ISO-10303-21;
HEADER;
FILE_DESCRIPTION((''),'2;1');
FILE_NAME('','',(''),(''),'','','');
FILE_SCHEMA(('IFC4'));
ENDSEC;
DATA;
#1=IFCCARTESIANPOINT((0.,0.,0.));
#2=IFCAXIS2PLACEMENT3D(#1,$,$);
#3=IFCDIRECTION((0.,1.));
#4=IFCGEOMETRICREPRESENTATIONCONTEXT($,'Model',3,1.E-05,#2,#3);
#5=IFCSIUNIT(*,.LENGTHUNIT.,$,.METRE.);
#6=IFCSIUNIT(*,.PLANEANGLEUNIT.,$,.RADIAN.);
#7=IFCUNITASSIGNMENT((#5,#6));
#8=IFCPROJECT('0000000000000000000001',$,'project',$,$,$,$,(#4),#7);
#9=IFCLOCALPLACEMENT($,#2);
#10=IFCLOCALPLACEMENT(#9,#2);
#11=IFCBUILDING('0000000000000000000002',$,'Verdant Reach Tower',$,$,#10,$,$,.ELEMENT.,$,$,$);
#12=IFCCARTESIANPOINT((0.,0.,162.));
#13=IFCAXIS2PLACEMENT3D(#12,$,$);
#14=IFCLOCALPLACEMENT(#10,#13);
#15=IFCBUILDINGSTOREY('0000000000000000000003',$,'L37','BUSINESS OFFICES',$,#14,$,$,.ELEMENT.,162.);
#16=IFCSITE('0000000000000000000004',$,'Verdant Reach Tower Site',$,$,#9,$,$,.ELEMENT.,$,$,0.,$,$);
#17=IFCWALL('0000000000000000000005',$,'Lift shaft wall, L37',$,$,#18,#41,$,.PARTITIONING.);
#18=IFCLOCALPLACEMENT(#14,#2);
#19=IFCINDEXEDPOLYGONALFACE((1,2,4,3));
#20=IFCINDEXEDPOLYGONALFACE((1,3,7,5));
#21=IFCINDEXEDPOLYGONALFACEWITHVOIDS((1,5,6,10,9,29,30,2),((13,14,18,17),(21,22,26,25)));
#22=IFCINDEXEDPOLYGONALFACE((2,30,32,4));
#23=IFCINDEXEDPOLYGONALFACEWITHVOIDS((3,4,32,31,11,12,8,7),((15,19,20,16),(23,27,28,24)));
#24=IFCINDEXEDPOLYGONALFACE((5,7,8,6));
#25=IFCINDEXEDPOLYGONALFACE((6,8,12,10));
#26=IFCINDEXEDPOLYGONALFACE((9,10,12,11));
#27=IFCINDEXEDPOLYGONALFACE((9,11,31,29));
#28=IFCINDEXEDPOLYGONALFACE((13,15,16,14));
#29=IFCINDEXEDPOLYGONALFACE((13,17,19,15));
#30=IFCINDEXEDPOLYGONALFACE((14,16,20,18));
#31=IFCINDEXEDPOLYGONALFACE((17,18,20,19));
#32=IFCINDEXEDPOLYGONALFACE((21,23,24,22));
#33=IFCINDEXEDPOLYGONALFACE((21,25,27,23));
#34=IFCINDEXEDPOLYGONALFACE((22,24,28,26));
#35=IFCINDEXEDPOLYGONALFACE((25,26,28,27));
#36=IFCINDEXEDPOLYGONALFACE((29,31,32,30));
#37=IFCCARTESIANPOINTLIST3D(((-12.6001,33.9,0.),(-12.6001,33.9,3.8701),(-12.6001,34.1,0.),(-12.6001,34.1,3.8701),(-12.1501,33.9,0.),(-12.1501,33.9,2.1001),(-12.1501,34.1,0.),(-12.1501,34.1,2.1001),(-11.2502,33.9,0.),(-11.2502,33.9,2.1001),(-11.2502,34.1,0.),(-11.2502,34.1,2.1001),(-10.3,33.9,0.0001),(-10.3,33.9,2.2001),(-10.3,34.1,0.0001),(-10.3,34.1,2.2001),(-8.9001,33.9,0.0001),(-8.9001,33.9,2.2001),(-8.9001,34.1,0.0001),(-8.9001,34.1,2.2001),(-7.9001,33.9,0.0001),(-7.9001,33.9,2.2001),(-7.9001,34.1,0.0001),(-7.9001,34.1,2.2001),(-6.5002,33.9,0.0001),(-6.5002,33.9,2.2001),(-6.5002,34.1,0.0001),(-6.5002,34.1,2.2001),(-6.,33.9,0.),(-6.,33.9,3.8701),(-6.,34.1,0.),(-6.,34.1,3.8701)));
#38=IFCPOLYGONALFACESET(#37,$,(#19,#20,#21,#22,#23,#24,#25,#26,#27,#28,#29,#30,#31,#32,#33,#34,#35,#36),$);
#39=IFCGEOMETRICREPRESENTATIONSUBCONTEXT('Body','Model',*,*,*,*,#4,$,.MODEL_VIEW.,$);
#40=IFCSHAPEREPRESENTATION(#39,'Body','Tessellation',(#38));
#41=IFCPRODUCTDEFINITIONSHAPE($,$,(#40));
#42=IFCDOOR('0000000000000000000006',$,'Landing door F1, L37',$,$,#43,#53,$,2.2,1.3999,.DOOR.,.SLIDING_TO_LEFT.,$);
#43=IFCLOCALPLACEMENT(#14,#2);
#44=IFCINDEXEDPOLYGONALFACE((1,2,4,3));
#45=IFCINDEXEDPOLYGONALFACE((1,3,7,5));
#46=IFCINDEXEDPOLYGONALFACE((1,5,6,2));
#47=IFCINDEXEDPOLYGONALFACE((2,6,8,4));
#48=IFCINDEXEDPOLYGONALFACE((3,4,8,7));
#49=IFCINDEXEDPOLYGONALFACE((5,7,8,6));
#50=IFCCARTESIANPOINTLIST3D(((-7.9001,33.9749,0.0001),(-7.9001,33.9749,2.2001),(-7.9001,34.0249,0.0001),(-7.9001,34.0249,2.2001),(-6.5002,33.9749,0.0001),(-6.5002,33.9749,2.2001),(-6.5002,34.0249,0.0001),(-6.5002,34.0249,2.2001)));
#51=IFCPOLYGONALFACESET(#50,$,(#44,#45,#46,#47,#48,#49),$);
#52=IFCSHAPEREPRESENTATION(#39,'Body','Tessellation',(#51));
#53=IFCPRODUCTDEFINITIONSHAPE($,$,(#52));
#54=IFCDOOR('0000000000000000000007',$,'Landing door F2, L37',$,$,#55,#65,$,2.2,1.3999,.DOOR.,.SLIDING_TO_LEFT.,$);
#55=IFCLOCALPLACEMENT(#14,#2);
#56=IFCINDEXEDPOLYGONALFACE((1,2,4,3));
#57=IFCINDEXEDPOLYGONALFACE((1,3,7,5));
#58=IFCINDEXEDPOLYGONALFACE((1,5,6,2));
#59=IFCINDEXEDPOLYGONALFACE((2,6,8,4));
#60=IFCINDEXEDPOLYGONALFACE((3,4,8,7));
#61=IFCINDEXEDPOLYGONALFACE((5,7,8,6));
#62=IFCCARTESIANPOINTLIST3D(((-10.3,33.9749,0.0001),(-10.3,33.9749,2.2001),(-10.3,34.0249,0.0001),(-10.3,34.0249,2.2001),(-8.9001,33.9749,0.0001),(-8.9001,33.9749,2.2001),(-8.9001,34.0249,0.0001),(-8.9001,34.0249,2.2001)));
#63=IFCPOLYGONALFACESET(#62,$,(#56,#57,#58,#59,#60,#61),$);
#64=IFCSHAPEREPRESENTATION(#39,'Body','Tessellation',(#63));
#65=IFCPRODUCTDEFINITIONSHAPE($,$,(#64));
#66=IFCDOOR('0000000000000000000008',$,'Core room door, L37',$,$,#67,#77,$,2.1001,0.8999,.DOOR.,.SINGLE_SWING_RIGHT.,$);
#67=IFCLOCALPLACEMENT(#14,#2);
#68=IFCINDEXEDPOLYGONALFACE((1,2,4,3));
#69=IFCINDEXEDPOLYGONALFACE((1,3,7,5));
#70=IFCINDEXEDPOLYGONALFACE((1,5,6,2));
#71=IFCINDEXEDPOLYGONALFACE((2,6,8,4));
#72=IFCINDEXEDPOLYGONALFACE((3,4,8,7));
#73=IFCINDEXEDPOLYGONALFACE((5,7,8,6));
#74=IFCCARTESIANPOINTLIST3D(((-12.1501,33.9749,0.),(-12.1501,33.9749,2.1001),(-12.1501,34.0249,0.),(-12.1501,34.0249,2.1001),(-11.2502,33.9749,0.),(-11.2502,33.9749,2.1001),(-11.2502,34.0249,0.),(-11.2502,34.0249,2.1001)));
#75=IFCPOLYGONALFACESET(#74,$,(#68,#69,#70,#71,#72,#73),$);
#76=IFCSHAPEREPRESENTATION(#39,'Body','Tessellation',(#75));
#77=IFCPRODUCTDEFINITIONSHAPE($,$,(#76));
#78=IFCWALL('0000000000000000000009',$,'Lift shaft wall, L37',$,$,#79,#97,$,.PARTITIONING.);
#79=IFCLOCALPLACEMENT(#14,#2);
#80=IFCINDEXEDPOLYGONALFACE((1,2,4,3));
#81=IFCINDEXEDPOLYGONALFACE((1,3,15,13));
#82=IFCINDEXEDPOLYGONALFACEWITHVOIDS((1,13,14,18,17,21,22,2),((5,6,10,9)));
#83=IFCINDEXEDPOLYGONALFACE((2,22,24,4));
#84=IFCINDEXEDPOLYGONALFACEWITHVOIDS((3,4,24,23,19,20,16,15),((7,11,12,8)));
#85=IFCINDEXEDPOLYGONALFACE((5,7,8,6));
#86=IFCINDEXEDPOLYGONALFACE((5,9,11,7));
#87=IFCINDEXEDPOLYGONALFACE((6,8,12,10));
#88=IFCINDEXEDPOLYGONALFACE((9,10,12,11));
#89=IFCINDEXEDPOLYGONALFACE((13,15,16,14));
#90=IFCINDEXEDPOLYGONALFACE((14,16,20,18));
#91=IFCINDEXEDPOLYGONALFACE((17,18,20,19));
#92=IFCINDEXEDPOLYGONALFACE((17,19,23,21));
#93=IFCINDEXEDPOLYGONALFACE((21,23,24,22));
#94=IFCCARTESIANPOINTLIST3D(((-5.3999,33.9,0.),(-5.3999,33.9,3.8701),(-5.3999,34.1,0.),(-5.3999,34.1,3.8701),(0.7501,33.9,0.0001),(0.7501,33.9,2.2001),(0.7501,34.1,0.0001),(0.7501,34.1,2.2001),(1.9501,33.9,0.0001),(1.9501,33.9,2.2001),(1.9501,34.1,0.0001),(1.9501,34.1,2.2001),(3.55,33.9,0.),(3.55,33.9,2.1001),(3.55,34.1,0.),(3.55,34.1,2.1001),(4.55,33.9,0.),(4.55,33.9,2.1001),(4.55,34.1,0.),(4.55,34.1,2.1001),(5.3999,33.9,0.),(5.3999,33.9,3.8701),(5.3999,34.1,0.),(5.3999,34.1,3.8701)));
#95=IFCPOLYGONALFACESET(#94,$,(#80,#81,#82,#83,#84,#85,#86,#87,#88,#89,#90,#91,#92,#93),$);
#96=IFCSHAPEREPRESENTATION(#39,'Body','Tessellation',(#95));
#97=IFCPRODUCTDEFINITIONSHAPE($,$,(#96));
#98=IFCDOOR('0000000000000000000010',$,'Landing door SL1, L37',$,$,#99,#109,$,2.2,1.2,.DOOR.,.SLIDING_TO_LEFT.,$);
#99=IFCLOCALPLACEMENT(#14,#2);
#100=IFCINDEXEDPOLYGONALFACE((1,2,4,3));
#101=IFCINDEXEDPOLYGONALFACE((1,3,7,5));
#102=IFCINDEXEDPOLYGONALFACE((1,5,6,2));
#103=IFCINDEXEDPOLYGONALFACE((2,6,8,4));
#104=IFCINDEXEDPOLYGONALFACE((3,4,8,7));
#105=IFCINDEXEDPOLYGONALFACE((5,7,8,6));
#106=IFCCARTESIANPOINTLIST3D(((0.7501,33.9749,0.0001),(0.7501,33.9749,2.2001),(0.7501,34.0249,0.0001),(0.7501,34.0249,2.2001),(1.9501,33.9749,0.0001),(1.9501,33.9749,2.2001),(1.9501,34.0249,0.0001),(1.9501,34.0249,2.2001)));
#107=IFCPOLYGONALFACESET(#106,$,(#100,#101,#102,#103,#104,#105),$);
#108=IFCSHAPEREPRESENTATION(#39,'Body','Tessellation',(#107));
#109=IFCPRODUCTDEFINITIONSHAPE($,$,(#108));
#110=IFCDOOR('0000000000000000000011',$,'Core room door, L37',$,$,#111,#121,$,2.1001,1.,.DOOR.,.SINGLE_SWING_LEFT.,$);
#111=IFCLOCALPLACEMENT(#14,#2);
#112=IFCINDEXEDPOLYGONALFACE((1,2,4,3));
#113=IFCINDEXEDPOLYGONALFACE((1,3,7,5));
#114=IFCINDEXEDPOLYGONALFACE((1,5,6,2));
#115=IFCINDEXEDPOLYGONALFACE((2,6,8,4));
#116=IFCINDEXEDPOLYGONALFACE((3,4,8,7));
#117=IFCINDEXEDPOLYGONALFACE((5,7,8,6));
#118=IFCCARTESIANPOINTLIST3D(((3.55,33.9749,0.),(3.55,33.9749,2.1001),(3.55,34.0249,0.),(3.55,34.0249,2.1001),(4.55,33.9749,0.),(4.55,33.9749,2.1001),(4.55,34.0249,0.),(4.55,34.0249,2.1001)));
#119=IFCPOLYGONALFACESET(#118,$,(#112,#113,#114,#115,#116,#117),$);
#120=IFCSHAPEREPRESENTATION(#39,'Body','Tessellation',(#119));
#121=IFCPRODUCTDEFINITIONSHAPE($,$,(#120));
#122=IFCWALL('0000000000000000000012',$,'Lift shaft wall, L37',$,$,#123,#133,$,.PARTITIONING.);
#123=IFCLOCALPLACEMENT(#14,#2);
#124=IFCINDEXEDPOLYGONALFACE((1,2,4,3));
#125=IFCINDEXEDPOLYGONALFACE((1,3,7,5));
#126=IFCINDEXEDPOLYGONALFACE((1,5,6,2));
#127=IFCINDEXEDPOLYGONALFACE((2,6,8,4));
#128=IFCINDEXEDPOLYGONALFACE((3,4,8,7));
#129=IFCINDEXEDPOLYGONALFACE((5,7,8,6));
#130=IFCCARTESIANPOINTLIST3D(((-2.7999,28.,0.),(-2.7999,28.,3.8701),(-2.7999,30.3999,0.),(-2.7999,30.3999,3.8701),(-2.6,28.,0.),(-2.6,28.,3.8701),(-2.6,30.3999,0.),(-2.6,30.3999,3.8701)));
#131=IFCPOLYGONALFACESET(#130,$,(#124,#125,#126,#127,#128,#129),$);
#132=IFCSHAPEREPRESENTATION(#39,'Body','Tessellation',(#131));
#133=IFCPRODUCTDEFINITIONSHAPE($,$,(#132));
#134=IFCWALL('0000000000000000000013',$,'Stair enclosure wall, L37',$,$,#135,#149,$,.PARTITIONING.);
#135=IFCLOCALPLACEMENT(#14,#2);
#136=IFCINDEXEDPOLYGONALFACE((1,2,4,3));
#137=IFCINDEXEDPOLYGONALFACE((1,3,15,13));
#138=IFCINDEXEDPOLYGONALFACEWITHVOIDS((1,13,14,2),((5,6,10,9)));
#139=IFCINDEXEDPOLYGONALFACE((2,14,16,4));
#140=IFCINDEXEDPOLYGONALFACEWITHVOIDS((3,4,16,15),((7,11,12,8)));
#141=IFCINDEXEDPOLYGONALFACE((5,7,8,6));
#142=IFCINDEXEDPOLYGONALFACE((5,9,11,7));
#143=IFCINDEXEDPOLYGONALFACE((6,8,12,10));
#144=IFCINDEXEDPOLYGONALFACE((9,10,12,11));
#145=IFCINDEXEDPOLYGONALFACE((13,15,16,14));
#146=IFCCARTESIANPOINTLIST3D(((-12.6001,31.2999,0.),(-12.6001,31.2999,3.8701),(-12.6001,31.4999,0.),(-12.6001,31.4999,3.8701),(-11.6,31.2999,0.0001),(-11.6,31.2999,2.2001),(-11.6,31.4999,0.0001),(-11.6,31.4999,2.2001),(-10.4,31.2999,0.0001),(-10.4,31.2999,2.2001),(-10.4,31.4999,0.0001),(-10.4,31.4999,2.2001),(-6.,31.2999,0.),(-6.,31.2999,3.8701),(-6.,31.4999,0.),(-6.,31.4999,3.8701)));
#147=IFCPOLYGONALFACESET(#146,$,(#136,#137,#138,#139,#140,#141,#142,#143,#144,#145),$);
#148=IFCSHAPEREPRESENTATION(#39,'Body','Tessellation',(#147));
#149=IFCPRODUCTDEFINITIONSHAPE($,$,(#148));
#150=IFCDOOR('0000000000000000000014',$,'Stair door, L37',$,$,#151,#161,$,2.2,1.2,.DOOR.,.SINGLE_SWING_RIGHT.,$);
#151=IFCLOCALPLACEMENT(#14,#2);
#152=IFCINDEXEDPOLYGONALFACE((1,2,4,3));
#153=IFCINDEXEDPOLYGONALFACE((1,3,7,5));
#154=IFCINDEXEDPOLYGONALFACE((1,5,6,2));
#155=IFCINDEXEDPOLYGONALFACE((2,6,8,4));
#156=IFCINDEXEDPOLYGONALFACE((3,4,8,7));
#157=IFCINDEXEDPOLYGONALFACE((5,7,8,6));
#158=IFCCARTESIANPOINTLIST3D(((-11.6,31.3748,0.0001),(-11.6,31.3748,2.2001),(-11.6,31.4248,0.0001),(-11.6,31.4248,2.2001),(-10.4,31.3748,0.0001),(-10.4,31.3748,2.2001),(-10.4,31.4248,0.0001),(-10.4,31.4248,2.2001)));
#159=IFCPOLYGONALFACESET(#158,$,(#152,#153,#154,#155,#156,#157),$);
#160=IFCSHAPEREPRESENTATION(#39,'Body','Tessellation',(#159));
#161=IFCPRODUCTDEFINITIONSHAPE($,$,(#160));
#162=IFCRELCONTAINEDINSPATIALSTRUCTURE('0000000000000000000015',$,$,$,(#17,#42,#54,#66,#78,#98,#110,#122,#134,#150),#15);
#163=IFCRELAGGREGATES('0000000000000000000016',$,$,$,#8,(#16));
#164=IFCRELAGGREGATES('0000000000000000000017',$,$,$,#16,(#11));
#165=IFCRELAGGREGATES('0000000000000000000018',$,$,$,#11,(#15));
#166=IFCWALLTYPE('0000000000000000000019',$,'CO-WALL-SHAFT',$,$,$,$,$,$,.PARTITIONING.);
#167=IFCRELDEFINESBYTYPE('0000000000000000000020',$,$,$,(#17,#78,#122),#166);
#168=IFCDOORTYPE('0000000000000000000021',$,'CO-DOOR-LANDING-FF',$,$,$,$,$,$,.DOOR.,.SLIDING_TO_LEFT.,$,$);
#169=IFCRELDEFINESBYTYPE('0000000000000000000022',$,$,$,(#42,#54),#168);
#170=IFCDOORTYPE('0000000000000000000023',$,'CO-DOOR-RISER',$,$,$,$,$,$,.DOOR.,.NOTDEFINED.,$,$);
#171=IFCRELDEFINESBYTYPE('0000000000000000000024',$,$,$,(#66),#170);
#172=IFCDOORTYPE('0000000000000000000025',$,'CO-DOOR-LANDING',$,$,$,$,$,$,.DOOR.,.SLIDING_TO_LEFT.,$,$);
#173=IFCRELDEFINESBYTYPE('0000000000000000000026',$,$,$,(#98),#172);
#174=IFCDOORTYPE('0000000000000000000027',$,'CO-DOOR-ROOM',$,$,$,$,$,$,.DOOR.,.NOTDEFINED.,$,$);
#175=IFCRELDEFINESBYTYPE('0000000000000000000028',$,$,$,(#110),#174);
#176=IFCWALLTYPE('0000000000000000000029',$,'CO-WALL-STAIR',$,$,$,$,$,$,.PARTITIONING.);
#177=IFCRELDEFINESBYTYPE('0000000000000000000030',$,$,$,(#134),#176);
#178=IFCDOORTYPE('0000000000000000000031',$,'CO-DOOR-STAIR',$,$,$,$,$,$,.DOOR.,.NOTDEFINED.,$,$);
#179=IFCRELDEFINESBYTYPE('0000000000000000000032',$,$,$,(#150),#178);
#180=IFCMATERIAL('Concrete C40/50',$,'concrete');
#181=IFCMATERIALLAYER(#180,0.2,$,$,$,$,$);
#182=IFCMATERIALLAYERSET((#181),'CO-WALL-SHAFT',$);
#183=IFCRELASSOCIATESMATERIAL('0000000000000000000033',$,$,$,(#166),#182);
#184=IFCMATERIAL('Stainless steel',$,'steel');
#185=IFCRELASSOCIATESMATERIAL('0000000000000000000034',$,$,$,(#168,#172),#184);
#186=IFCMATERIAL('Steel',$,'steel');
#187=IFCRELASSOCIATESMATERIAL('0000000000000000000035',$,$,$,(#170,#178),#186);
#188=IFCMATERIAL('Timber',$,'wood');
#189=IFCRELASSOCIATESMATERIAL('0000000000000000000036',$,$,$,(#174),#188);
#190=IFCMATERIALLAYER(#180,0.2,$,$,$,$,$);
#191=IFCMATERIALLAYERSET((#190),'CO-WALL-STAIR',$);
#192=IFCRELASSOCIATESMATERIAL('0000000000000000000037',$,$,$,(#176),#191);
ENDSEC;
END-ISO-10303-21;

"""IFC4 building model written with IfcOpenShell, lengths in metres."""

from ifc_helpers import new_model, si_unit, direction, frame, frame_2d, origin, place, context, subcontext, project, spatial, rectangle, extrude, material, layer, layer_set, type_object, element, fill, save


model = new_model("IFC4")

# Units and contexts
model_context = context("Model", 3, precision=1e-05, world=origin(), true_north=direction((0.0, 1.0)))
body_context = subcontext(model_context, "Body", "Model", "MODEL_VIEW")
ifc_project = project(units=[si_unit("LENGTHUNIT", "METRE"), si_unit("PLANEANGLEUNIT", "RADIAN")], contexts=[model_context])

# Site, building, storey
site_placement = place(None, origin())
site = spatial("IfcSite", under=ifc_project, at=site_placement, Name="Verdant Reach Tower Site", CompositionType="ELEMENT", RefElevation=0.0)
building_placement = place(site_placement, origin())
building = spatial("IfcBuilding", under=site, at=building_placement, Name="Verdant Reach Tower", CompositionType="ELEMENT")
storey_placement = place(building_placement, frame((0.0, 0.0, 162.0)))
storey = spatial("IfcBuildingStorey", under=building, at=storey_placement, Name="L37", Description="BUSINESS OFFICES", CompositionType="ELEMENT", Elevation=162.0)

# Shared definitions
ifc_material_1 = material(Name="Concrete C40/50", Category="concrete")
ifc_layer_1 = layer(ifc_material_1, 0.2)
ifc_layer_set_1 = layer_set([ifc_layer_1], Name="CO-WALL-SHAFT")
wall_type_1 = type_object("IfcWallType", Name="CO-WALL-SHAFT", PredefinedType="PARTITIONING", material=ifc_layer_set_1)

# Walls, openings, doors
wall_1_placement = place(storey_placement, frame((-12.6001, 34.0, 0.0), z_axis=(0.0, 0.0, 1.0), x_axis=(1.0, 0.0, 0.0)))
wall_1 = element("IfcWall", 1, at=wall_1_placement, inside=storey, type_object=wall_type_1, Name="Lift shaft wall, L37", PredefinedType="PARTITIONING", context=body_context, shape_type="SweptSolid", body=[
    extrude(rectangle(XDim=6.6001, YDim=0.2, at=frame_2d((3.3, 0.0))), origin(), (0.0, 0.0, 1.0), 3.8701),
])
opening_1_placement = place(wall_1_placement, frame((4.7, 0.0, 0.0)))
opening_1 = element("IfcOpeningElement", 2, at=opening_1_placement, cuts=wall_1, PredefinedType="OPENING", context=body_context, shape_type="SweptSolid", body=[
    extrude(rectangle(XDim=1.3999, YDim=2.2, at=frame_2d((0.7, 1.1001))), frame((0.0, 0.1099, 0.0), z_axis=(0.0, -1.0, 0.0), x_axis=(1.0, 0.0, 0.0)), (0.0, 0.0, 1.0), 0.22),
])
opening_2_placement = place(wall_1_placement, frame((2.3, 0.0, 0.0)))
opening_2 = element("IfcOpeningElement", 3, at=opening_2_placement, cuts=wall_1, PredefinedType="OPENING", context=body_context, shape_type="SweptSolid", body=[
    extrude(rectangle(XDim=1.3999, YDim=2.2, at=frame_2d((0.7, 1.1001))), frame((0.0, 0.1099, 0.0), z_axis=(0.0, -1.0, 0.0), x_axis=(1.0, 0.0, 0.0)), (0.0, 0.0, 1.0), 0.22),
])
opening_3_placement = place(wall_1_placement, frame((0.45, 0.0, 0.0)))
opening_3 = element("IfcOpeningElement", 4, at=opening_3_placement, cuts=wall_1, PredefinedType="OPENING", context=body_context, shape_type="SweptSolid", body=[
    extrude(rectangle(XDim=0.8999, YDim=2.1001, at=frame_2d((0.45, 1.05))), frame((0.0, 0.1099, 0.0), z_axis=(0.0, -1.0, 0.0), x_axis=(1.0, 0.0, 0.0)), (0.0, 0.0, 1.0), 0.22),
])
ifc_material_2 = material(Name="Stainless steel", Category="steel")
door_type_1 = type_object("IfcDoorType", Name="CO-DOOR-LANDING-FF", OperationType="SLIDING_TO_LEFT", PredefinedType="DOOR", material=ifc_material_2)
door_1_placement = place(opening_1_placement, origin())
door_1 = element("IfcDoor", 5, at=door_1_placement, inside=storey, type_object=door_type_1, Name="Landing door F1, L37", OperationType="SLIDING_TO_LEFT", OverallHeight=2.2, OverallWidth=1.3999, PredefinedType="DOOR", context=body_context, shape_type="SweptSolid", body=[
    extrude(rectangle(XDim=1.3999, YDim=2.2, at=frame_2d((0.7, 1.1001))), frame((0.0, 0.0249, 0.0), z_axis=(0.0, -1.0, 0.0), x_axis=(1.0, 0.0, 0.0)), (0.0, 0.0, 1.0), 0.05),
])
fill(opening_1, door_1)
door_2_placement = place(opening_2_placement, origin())
door_2 = element("IfcDoor", 6, at=door_2_placement, inside=storey, type_object=door_type_1, Name="Landing door F2, L37", OperationType="SLIDING_TO_LEFT", OverallHeight=2.2, OverallWidth=1.3999, PredefinedType="DOOR", context=body_context, shape_type="SweptSolid", body=[
    extrude(rectangle(XDim=1.3999, YDim=2.2, at=frame_2d((0.7, 1.1001))), frame((0.0, 0.0249, 0.0), z_axis=(0.0, -1.0, 0.0), x_axis=(1.0, 0.0, 0.0)), (0.0, 0.0, 1.0), 0.05),
])
fill(opening_2, door_2)
ifc_material_3 = material(Name="Steel", Category="steel")
door_type_2 = type_object("IfcDoorType", Name="CO-DOOR-RISER", OperationType="NOTDEFINED", PredefinedType="DOOR", material=ifc_material_3)
door_3_placement = place(opening_3_placement, origin())
door_3 = element("IfcDoor", 7, at=door_3_placement, inside=storey, type_object=door_type_2, Name="Core room door, L37", OperationType="SINGLE_SWING_RIGHT", OverallHeight=2.1001, OverallWidth=0.8999, PredefinedType="DOOR", context=body_context, shape_type="SweptSolid", body=[
    extrude(rectangle(XDim=0.8999, YDim=2.1001, at=frame_2d((0.45, 1.05))), frame((0.0, 0.0249, 0.0), z_axis=(0.0, -1.0, 0.0), x_axis=(1.0, 0.0, 0.0)), (0.0, 0.0, 1.0), 0.05),
])
fill(opening_3, door_3)
wall_2_placement = place(storey_placement, frame((-5.3999, 34.0, 0.0), z_axis=(0.0, 0.0, 1.0), x_axis=(1.0, 0.0, 0.0)))
wall_2 = element("IfcWall", 8, at=wall_2_placement, inside=storey, type_object=wall_type_1, Name="Lift shaft wall, L37", PredefinedType="PARTITIONING", context=body_context, shape_type="SweptSolid", body=[
    extrude(rectangle(XDim=10.7998, YDim=0.2, at=frame_2d((5.3999, 0.0))), origin(), (0.0, 0.0, 1.0), 3.8701),
])
opening_4_placement = place(wall_2_placement, frame((6.1499, 0.0, 0.0)))
opening_4 = element("IfcOpeningElement", 9, at=opening_4_placement, cuts=wall_2, PredefinedType="OPENING", context=body_context, shape_type="SweptSolid", body=[
    extrude(rectangle(XDim=1.2, YDim=2.2, at=frame_2d((0.6001, 1.1001))), frame((0.0, 0.1099, 0.0), z_axis=(0.0, -1.0, 0.0), x_axis=(1.0, 0.0, 0.0)), (0.0, 0.0, 1.0), 0.22),
])
opening_5_placement = place(wall_2_placement, frame((8.95, 0.0, 0.0)))
opening_5 = element("IfcOpeningElement", 10, at=opening_5_placement, cuts=wall_2, PredefinedType="OPENING", context=body_context, shape_type="SweptSolid", body=[
    extrude(rectangle(XDim=1.0, YDim=2.1001, at=frame_2d((0.5, 1.05))), frame((0.0, 0.1099, 0.0), z_axis=(0.0, -1.0, 0.0), x_axis=(1.0, 0.0, 0.0)), (0.0, 0.0, 1.0), 0.22),
])
door_type_3 = type_object("IfcDoorType", Name="CO-DOOR-LANDING", OperationType="SLIDING_TO_LEFT", PredefinedType="DOOR", material=ifc_material_2)
door_4_placement = place(opening_4_placement, origin())
door_4 = element("IfcDoor", 11, at=door_4_placement, inside=storey, type_object=door_type_3, Name="Landing door SL1, L37", OperationType="SLIDING_TO_LEFT", OverallHeight=2.2, OverallWidth=1.2, PredefinedType="DOOR", context=body_context, shape_type="SweptSolid", body=[
    extrude(rectangle(XDim=1.2, YDim=2.2, at=frame_2d((0.6001, 1.1001))), frame((0.0, 0.0249, 0.0), z_axis=(0.0, -1.0, 0.0), x_axis=(1.0, 0.0, 0.0)), (0.0, 0.0, 1.0), 0.05),
])
fill(opening_4, door_4)
ifc_material_4 = material(Name="Timber", Category="wood")
door_type_4 = type_object("IfcDoorType", Name="CO-DOOR-ROOM", OperationType="NOTDEFINED", PredefinedType="DOOR", material=ifc_material_4)
door_5_placement = place(opening_5_placement, origin())
door_5 = element("IfcDoor", 12, at=door_5_placement, inside=storey, type_object=door_type_4, Name="Core room door, L37", OperationType="SINGLE_SWING_LEFT", OverallHeight=2.1001, OverallWidth=1.0, PredefinedType="DOOR", context=body_context, shape_type="SweptSolid", body=[
    extrude(rectangle(XDim=1.0, YDim=2.1001, at=frame_2d((0.5, 1.05))), frame((0.0, 0.0249, 0.0), z_axis=(0.0, -1.0, 0.0), x_axis=(1.0, 0.0, 0.0)), (0.0, 0.0, 1.0), 0.05),
])
fill(opening_5, door_5)

# Wall
wall_3_placement = place(storey_placement, frame((-2.7, 28.0, 0.0), z_axis=(0.0, 0.0, 1.0), x_axis=(0.0, 1.0, 0.0)))
element("IfcWall", 13, at=wall_3_placement, inside=storey, type_object=wall_type_1, Name="Lift shaft wall, L37", PredefinedType="PARTITIONING", context=body_context, shape_type="SweptSolid", body=[
    extrude(rectangle(XDim=2.3999, YDim=0.2, at=frame_2d((1.2, 0.0))), origin(), (0.0, 0.0, 1.0), 3.8701),
])

# Wall, opening, door
ifc_layer_2 = layer(ifc_material_1, 0.2)
ifc_layer_set_2 = layer_set([ifc_layer_2], Name="CO-WALL-STAIR")
wall_type_2 = type_object("IfcWallType", Name="CO-WALL-STAIR", PredefinedType="PARTITIONING", material=ifc_layer_set_2)
wall_4_placement = place(storey_placement, frame((-12.6001, 31.3999, 0.0), z_axis=(0.0, 0.0, 1.0), x_axis=(1.0, 0.0, 0.0)))
wall_4 = element("IfcWall", 14, at=wall_4_placement, inside=storey, type_object=wall_type_2, Name="Stair enclosure wall, L37", PredefinedType="PARTITIONING", context=body_context, shape_type="SweptSolid", body=[
    extrude(rectangle(XDim=6.6001, YDim=0.2, at=frame_2d((3.3, 0.0))), origin(), (0.0, 0.0, 1.0), 3.8701),
])
opening_6_placement = place(wall_4_placement, frame((1.0, 0.0, 0.0)))
opening_6 = element("IfcOpeningElement", 15, at=opening_6_placement, cuts=wall_4, PredefinedType="OPENING", context=body_context, shape_type="SweptSolid", body=[
    extrude(rectangle(XDim=1.2, YDim=2.2, at=frame_2d((0.6001, 1.1001))), frame((0.0, 0.1099, 0.0), z_axis=(0.0, -1.0, 0.0), x_axis=(1.0, 0.0, 0.0)), (0.0, 0.0, 1.0), 0.22),
])
door_type_5 = type_object("IfcDoorType", Name="CO-DOOR-STAIR", OperationType="NOTDEFINED", PredefinedType="DOOR", material=ifc_material_3)
door_6_placement = place(opening_6_placement, origin())
door_6 = element("IfcDoor", 16, at=door_6_placement, inside=storey, type_object=door_type_5, Name="Stair door, L37", OperationType="SINGLE_SWING_RIGHT", OverallHeight=2.2, OverallWidth=1.2, PredefinedType="DOOR", context=body_context, shape_type="SweptSolid", body=[
    extrude(rectangle(XDim=1.2, YDim=2.2, at=frame_2d((0.6001, 1.1001))), frame((0.0, 0.0249, 0.0), z_axis=(0.0, -1.0, 0.0), x_axis=(1.0, 0.0, 0.0)), (0.0, 0.0, 1.0), 0.05),
])
fill(opening_6, door_6)

save(model, "model.ifc")
